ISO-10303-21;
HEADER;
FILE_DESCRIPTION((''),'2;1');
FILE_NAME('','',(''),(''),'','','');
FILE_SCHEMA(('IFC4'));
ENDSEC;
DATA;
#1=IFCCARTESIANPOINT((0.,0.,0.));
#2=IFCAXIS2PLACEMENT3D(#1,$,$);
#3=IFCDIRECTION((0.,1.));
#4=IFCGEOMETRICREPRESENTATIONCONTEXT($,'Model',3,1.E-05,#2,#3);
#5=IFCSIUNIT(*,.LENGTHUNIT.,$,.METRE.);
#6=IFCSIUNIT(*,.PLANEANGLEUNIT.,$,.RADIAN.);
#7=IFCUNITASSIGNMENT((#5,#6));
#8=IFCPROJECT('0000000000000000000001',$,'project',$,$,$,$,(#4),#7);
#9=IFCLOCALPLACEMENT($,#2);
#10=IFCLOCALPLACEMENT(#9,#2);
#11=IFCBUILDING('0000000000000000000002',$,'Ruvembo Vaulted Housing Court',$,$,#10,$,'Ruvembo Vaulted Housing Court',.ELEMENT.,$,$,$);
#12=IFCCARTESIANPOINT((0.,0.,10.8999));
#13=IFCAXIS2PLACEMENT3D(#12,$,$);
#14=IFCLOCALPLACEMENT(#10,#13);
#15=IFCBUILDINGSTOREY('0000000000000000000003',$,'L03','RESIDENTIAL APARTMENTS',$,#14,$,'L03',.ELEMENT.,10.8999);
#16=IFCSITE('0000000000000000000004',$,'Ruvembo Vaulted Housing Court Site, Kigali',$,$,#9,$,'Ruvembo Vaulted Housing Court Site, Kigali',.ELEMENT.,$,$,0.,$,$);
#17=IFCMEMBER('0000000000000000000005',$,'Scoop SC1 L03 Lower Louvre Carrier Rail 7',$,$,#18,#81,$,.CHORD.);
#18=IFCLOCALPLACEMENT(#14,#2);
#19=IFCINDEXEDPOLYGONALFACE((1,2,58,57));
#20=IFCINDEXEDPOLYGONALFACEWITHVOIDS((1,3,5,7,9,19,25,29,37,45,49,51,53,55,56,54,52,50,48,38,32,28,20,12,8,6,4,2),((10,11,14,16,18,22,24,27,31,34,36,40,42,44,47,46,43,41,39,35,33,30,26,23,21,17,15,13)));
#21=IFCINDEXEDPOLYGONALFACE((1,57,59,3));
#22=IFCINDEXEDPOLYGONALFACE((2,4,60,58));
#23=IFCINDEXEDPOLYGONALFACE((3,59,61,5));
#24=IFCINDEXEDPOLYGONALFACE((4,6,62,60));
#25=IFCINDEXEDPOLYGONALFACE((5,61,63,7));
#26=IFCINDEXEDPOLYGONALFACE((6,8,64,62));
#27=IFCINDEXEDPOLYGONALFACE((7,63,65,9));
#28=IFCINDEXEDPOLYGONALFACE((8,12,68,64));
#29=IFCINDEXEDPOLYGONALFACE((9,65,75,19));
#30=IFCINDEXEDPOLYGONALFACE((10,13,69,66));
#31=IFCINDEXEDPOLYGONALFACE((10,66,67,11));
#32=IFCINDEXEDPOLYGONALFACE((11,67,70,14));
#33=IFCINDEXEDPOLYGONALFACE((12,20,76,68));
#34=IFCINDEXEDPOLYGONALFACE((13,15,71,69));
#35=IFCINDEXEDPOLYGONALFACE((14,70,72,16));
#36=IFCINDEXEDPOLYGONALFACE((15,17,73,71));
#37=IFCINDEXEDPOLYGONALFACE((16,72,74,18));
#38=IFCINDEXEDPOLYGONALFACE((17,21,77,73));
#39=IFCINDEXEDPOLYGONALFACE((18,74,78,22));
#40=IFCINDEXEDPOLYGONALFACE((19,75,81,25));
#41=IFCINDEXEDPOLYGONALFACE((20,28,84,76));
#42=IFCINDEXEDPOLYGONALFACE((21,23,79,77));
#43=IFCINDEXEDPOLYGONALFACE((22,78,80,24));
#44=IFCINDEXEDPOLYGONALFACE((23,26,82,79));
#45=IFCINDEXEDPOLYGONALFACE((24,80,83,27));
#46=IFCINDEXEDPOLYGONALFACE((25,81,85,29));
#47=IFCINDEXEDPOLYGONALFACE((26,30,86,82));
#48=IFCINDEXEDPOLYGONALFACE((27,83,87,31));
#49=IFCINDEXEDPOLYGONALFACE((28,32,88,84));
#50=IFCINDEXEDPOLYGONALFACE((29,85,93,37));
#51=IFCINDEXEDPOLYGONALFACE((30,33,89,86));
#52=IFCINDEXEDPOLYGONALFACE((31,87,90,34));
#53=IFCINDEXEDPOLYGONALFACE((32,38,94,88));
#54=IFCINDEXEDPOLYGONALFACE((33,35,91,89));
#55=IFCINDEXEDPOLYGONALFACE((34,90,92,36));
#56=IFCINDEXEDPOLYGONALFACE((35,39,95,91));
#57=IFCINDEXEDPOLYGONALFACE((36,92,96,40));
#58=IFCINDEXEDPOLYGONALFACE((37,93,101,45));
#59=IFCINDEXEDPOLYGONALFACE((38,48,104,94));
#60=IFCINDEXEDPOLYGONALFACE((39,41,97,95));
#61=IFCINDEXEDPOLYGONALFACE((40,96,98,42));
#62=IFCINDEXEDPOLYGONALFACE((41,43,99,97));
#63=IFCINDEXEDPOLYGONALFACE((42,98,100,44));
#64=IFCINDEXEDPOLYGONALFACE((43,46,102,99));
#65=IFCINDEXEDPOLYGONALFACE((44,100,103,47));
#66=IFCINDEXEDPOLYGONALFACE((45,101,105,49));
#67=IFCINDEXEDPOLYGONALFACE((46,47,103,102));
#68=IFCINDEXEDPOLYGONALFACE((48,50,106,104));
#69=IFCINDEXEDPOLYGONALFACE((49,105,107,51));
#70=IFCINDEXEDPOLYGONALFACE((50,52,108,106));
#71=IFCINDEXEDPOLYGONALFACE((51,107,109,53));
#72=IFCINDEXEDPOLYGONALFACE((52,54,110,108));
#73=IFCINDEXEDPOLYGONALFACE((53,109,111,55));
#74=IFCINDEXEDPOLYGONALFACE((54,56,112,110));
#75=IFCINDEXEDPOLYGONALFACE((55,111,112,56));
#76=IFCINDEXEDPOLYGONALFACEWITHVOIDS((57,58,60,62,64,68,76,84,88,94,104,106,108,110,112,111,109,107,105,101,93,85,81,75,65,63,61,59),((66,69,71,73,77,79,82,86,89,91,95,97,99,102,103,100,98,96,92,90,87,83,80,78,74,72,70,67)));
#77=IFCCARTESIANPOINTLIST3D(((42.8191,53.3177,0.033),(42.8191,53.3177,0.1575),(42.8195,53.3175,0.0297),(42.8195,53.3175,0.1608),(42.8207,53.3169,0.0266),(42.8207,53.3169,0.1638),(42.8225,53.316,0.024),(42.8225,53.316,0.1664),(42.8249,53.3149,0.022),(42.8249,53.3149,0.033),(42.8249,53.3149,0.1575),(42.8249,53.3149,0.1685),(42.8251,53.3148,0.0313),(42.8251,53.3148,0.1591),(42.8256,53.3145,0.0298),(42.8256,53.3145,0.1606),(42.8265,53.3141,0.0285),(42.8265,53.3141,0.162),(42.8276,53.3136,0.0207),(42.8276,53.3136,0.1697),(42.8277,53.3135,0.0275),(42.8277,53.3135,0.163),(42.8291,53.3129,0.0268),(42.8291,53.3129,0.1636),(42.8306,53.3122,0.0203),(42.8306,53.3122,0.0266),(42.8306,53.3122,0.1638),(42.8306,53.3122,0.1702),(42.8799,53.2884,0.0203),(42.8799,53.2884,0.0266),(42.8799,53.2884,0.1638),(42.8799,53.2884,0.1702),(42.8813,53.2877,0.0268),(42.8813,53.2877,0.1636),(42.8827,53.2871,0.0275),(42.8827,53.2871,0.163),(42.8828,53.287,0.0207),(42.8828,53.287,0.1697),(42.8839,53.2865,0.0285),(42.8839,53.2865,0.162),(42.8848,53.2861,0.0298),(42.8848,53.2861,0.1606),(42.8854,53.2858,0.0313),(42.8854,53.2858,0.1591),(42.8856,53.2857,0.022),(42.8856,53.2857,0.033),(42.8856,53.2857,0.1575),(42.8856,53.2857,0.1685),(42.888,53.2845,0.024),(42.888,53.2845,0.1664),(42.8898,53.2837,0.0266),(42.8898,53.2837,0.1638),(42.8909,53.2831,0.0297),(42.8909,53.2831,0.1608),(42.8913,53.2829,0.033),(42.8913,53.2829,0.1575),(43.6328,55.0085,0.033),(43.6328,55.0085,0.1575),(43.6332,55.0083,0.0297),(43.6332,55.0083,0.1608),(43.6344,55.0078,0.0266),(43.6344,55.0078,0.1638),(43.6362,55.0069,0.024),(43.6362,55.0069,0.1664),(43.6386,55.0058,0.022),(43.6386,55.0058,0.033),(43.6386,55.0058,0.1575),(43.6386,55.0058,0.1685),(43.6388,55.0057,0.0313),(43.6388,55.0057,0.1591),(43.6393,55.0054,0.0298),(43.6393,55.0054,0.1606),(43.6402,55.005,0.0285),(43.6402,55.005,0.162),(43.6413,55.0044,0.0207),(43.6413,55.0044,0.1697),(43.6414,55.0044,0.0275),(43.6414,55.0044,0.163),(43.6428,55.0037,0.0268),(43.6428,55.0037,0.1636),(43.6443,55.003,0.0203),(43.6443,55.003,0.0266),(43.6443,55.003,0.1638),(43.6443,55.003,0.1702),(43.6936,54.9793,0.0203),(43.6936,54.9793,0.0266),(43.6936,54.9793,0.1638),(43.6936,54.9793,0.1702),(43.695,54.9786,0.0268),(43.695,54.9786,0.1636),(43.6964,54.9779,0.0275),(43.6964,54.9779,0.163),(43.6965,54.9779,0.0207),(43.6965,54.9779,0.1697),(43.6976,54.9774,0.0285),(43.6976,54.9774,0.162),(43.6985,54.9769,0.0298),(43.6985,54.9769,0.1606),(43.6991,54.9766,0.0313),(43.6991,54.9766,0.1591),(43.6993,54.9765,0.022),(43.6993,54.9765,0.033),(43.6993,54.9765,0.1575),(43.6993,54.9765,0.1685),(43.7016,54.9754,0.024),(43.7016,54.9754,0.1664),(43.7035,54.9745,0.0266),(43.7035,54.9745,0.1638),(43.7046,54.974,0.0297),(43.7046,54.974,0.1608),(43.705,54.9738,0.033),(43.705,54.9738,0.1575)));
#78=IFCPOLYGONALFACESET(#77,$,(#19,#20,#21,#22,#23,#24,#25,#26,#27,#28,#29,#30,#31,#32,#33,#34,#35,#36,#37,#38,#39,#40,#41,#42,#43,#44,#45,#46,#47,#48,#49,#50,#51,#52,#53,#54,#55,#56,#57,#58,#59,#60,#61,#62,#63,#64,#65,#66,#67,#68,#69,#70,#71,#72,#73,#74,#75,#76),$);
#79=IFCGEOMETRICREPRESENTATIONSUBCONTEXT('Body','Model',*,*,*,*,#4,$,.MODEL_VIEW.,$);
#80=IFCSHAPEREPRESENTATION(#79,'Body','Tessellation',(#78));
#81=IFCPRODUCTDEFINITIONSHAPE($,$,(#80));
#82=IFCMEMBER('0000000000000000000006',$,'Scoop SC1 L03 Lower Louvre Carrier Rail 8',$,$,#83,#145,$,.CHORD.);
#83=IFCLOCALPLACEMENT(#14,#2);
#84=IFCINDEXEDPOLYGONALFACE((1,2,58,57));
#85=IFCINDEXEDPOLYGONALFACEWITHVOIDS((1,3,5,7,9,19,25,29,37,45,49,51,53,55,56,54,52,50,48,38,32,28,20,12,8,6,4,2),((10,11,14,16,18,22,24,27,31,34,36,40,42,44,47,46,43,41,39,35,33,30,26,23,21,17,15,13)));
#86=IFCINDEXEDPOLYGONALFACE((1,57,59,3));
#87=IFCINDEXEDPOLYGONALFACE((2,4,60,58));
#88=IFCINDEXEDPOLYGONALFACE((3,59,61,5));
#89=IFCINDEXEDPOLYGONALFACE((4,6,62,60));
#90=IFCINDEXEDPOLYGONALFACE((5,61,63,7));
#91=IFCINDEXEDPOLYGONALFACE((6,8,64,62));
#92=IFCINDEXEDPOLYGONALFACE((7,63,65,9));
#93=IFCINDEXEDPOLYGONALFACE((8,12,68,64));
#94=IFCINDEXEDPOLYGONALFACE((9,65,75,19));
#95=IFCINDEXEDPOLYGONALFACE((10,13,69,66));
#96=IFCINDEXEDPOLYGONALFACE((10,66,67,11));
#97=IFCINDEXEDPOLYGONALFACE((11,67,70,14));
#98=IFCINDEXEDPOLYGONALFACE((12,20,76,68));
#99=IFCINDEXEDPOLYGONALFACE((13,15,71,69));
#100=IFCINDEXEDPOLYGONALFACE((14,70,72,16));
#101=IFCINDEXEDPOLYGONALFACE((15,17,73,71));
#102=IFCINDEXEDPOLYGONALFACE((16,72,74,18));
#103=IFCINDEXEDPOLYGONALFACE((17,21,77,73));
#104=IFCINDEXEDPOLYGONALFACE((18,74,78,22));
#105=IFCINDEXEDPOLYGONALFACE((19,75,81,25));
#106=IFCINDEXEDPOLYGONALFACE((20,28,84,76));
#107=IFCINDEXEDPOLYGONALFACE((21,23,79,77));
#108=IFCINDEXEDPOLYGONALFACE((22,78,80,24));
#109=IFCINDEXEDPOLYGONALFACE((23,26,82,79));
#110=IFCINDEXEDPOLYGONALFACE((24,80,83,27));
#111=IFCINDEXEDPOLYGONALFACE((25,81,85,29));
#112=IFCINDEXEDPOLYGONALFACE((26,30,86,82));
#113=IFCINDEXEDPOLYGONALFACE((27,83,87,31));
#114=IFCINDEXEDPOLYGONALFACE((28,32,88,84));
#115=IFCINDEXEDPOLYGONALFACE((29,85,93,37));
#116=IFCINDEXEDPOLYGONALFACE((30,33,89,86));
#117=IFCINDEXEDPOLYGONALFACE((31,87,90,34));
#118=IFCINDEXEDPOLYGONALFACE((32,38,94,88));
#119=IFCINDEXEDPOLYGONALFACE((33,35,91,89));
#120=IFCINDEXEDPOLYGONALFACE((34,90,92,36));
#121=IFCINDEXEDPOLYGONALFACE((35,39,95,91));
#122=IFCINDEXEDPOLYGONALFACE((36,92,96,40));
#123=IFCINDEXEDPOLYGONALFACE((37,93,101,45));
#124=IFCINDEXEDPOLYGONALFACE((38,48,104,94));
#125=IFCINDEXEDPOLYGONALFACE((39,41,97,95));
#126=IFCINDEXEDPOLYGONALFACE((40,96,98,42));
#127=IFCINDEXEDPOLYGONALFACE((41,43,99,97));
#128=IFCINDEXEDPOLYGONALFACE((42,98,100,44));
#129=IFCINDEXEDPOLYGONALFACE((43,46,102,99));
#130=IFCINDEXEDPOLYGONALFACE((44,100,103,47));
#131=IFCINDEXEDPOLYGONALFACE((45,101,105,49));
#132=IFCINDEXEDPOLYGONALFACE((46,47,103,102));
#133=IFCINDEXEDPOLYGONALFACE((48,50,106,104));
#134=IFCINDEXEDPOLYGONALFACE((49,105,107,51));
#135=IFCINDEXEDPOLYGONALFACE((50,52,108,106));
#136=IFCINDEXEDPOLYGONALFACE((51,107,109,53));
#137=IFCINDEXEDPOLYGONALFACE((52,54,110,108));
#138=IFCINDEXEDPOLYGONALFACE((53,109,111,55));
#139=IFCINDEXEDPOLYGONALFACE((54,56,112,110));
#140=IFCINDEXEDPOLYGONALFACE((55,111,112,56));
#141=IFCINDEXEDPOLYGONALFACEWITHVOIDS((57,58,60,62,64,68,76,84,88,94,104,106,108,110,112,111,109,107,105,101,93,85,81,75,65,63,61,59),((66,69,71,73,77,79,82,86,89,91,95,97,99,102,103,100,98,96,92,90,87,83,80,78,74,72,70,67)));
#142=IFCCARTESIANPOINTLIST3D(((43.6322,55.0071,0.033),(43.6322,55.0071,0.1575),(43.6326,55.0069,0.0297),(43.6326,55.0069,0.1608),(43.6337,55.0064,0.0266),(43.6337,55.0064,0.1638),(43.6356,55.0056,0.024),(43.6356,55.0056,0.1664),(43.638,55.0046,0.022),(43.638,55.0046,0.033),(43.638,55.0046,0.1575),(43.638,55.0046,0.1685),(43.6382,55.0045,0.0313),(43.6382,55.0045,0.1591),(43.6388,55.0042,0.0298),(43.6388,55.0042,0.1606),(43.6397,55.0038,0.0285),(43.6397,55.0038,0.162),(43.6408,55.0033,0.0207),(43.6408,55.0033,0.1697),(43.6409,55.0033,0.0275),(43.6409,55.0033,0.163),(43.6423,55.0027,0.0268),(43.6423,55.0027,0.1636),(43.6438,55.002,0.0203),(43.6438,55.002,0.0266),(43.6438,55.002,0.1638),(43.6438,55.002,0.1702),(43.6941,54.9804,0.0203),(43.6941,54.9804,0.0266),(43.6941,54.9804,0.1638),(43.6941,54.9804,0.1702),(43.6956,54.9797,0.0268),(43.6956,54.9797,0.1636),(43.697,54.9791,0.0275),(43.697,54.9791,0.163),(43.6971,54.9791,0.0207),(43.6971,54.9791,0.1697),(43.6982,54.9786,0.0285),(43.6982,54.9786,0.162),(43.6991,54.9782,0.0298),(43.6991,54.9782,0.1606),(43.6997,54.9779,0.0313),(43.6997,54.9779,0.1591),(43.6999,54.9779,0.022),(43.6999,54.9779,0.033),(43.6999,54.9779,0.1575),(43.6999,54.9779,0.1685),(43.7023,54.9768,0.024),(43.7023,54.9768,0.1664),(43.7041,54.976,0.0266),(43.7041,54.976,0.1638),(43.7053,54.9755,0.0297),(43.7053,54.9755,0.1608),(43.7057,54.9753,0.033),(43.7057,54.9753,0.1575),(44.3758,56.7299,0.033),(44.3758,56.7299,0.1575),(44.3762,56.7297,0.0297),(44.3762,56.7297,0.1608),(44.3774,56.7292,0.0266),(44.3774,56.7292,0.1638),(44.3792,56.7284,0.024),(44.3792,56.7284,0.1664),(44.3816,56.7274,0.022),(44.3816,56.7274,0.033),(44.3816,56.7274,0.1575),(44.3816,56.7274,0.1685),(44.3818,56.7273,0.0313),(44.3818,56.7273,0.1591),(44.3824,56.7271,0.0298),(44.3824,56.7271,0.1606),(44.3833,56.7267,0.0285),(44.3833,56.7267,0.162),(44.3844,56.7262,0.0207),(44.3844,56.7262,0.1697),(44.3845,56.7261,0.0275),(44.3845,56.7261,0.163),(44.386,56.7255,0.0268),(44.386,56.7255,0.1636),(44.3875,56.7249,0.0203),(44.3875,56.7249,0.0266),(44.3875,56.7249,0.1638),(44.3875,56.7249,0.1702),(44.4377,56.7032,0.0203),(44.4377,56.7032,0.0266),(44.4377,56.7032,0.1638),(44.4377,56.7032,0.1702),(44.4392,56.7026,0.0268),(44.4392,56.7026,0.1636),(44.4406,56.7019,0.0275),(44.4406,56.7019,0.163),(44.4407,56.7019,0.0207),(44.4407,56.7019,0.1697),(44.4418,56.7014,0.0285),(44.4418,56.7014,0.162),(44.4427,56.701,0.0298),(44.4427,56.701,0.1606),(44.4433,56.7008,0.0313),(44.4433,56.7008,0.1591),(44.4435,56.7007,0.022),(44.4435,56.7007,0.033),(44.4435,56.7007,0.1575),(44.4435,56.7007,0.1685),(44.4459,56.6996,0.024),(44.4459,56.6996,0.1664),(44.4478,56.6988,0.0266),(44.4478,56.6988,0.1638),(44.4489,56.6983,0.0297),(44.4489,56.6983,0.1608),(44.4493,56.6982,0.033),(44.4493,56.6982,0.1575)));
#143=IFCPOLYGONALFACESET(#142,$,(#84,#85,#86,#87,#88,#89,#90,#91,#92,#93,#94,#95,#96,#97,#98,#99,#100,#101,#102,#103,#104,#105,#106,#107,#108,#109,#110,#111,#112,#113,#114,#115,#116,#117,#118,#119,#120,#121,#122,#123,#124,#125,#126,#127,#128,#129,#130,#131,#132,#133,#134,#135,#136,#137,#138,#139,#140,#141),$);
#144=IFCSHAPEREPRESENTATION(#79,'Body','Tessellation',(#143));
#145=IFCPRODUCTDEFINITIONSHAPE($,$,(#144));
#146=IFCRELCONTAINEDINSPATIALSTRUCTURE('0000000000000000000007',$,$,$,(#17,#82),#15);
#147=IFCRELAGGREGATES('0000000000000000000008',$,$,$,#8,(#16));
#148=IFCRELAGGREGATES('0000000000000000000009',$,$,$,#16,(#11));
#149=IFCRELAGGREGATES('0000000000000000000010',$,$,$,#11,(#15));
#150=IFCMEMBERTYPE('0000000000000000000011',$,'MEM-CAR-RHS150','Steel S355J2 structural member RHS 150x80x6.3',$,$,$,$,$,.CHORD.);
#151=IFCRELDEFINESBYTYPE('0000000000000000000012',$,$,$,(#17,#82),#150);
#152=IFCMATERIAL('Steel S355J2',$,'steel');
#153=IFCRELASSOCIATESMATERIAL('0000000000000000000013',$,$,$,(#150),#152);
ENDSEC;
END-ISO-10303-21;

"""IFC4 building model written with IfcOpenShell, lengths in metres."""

from ifc_helpers import new_model, si_unit, direction, frame, origin, origin_2d, place, context, subcontext, project, spatial, hollow_rectangle, extrude, material, material_profile, profile_set, type_object, element, save


model = new_model("IFC4")

# Units and contexts
model_context = context("Model", 3, precision=1e-05, world=origin(), true_north=direction((0.0, 1.0)))
body_context = subcontext(model_context, "Body", "Model", "MODEL_VIEW")
ifc_project = project(units=[si_unit("LENGTHUNIT", "METRE"), si_unit("PLANEANGLEUNIT", "RADIAN")], contexts=[model_context])

# Site, building, storey
site_placement = place(None, origin())
site = spatial("IfcSite", under=ifc_project, at=site_placement, Name="Ruvembo Vaulted Housing Court Site, Kigali", LongName="Ruvembo Vaulted Housing Court Site, Kigali", CompositionType="ELEMENT", RefElevation=0.0)
building_placement = place(site_placement, origin())
building = spatial("IfcBuilding", under=site, at=building_placement, Name="Ruvembo Vaulted Housing Court", LongName="Ruvembo Vaulted Housing Court", CompositionType="ELEMENT")
storey_placement = place(building_placement, frame((0.0, 0.0, 10.8999)))
storey = spatial("IfcBuildingStorey", under=building, at=storey_placement, Name="L03", Description="RESIDENTIAL APARTMENTS", LongName="L03", CompositionType="ELEMENT", Elevation=10.8999)

# Shared definitions
ifc_material_1 = material(Name="Steel S355J2", Category="steel")

# Members
ifc_material_profile_1 = material_profile(ifc_material_1, hollow_rectangle(XDim=0.0801, YDim=0.1499, WallThickness=0.0063, InnerFilletRadius=0.0063, OuterFilletRadius=0.0127, at=origin_2d()), Name="RHS 150x80x6.3")
ifc_profile_set_1 = profile_set([ifc_material_profile_1], Name="Steel S355J2")
member_type_1 = type_object("IfcMemberType", Name="MEM-CAR-RHS150", Description="Steel S355J2 structural member RHS 150x80x6.3", PredefinedType="CHORD", material=ifc_profile_set_1)
for number, where, z_axis, x_axis, name in (
    (1, (42.8552, 53.3003, 0.0952), (0.433632, 0.90109, 0.0), (-0.90109, 0.433632, 0.0), "Scoop SC1 L03 Lower Louvre Carrier Rail 7"),
    (2, (43.6689, 54.9912, 0.0952), (0.396289, 0.918126, 0.0), (-0.918126, 0.396289, 0.0), "Scoop SC1 L03 Lower Louvre Carrier Rail 8"),
):
    element("IfcMember", number, at=place(storey_placement, frame(where, z_axis=z_axis, x_axis=x_axis)), inside=storey, type_object=member_type_1, Name=name, PredefinedType="CHORD", context=body_context, shape_type="SweptSolid", body=[
        extrude(hollow_rectangle(XDim=0.0801, YDim=0.1499, WallThickness=0.0063, InnerFilletRadius=0.0063, OuterFilletRadius=0.0127, at=origin_2d()), origin(), (0.0, 0.0, 1.0), 1.8765),
    ])

save(model, "model.ifc")
